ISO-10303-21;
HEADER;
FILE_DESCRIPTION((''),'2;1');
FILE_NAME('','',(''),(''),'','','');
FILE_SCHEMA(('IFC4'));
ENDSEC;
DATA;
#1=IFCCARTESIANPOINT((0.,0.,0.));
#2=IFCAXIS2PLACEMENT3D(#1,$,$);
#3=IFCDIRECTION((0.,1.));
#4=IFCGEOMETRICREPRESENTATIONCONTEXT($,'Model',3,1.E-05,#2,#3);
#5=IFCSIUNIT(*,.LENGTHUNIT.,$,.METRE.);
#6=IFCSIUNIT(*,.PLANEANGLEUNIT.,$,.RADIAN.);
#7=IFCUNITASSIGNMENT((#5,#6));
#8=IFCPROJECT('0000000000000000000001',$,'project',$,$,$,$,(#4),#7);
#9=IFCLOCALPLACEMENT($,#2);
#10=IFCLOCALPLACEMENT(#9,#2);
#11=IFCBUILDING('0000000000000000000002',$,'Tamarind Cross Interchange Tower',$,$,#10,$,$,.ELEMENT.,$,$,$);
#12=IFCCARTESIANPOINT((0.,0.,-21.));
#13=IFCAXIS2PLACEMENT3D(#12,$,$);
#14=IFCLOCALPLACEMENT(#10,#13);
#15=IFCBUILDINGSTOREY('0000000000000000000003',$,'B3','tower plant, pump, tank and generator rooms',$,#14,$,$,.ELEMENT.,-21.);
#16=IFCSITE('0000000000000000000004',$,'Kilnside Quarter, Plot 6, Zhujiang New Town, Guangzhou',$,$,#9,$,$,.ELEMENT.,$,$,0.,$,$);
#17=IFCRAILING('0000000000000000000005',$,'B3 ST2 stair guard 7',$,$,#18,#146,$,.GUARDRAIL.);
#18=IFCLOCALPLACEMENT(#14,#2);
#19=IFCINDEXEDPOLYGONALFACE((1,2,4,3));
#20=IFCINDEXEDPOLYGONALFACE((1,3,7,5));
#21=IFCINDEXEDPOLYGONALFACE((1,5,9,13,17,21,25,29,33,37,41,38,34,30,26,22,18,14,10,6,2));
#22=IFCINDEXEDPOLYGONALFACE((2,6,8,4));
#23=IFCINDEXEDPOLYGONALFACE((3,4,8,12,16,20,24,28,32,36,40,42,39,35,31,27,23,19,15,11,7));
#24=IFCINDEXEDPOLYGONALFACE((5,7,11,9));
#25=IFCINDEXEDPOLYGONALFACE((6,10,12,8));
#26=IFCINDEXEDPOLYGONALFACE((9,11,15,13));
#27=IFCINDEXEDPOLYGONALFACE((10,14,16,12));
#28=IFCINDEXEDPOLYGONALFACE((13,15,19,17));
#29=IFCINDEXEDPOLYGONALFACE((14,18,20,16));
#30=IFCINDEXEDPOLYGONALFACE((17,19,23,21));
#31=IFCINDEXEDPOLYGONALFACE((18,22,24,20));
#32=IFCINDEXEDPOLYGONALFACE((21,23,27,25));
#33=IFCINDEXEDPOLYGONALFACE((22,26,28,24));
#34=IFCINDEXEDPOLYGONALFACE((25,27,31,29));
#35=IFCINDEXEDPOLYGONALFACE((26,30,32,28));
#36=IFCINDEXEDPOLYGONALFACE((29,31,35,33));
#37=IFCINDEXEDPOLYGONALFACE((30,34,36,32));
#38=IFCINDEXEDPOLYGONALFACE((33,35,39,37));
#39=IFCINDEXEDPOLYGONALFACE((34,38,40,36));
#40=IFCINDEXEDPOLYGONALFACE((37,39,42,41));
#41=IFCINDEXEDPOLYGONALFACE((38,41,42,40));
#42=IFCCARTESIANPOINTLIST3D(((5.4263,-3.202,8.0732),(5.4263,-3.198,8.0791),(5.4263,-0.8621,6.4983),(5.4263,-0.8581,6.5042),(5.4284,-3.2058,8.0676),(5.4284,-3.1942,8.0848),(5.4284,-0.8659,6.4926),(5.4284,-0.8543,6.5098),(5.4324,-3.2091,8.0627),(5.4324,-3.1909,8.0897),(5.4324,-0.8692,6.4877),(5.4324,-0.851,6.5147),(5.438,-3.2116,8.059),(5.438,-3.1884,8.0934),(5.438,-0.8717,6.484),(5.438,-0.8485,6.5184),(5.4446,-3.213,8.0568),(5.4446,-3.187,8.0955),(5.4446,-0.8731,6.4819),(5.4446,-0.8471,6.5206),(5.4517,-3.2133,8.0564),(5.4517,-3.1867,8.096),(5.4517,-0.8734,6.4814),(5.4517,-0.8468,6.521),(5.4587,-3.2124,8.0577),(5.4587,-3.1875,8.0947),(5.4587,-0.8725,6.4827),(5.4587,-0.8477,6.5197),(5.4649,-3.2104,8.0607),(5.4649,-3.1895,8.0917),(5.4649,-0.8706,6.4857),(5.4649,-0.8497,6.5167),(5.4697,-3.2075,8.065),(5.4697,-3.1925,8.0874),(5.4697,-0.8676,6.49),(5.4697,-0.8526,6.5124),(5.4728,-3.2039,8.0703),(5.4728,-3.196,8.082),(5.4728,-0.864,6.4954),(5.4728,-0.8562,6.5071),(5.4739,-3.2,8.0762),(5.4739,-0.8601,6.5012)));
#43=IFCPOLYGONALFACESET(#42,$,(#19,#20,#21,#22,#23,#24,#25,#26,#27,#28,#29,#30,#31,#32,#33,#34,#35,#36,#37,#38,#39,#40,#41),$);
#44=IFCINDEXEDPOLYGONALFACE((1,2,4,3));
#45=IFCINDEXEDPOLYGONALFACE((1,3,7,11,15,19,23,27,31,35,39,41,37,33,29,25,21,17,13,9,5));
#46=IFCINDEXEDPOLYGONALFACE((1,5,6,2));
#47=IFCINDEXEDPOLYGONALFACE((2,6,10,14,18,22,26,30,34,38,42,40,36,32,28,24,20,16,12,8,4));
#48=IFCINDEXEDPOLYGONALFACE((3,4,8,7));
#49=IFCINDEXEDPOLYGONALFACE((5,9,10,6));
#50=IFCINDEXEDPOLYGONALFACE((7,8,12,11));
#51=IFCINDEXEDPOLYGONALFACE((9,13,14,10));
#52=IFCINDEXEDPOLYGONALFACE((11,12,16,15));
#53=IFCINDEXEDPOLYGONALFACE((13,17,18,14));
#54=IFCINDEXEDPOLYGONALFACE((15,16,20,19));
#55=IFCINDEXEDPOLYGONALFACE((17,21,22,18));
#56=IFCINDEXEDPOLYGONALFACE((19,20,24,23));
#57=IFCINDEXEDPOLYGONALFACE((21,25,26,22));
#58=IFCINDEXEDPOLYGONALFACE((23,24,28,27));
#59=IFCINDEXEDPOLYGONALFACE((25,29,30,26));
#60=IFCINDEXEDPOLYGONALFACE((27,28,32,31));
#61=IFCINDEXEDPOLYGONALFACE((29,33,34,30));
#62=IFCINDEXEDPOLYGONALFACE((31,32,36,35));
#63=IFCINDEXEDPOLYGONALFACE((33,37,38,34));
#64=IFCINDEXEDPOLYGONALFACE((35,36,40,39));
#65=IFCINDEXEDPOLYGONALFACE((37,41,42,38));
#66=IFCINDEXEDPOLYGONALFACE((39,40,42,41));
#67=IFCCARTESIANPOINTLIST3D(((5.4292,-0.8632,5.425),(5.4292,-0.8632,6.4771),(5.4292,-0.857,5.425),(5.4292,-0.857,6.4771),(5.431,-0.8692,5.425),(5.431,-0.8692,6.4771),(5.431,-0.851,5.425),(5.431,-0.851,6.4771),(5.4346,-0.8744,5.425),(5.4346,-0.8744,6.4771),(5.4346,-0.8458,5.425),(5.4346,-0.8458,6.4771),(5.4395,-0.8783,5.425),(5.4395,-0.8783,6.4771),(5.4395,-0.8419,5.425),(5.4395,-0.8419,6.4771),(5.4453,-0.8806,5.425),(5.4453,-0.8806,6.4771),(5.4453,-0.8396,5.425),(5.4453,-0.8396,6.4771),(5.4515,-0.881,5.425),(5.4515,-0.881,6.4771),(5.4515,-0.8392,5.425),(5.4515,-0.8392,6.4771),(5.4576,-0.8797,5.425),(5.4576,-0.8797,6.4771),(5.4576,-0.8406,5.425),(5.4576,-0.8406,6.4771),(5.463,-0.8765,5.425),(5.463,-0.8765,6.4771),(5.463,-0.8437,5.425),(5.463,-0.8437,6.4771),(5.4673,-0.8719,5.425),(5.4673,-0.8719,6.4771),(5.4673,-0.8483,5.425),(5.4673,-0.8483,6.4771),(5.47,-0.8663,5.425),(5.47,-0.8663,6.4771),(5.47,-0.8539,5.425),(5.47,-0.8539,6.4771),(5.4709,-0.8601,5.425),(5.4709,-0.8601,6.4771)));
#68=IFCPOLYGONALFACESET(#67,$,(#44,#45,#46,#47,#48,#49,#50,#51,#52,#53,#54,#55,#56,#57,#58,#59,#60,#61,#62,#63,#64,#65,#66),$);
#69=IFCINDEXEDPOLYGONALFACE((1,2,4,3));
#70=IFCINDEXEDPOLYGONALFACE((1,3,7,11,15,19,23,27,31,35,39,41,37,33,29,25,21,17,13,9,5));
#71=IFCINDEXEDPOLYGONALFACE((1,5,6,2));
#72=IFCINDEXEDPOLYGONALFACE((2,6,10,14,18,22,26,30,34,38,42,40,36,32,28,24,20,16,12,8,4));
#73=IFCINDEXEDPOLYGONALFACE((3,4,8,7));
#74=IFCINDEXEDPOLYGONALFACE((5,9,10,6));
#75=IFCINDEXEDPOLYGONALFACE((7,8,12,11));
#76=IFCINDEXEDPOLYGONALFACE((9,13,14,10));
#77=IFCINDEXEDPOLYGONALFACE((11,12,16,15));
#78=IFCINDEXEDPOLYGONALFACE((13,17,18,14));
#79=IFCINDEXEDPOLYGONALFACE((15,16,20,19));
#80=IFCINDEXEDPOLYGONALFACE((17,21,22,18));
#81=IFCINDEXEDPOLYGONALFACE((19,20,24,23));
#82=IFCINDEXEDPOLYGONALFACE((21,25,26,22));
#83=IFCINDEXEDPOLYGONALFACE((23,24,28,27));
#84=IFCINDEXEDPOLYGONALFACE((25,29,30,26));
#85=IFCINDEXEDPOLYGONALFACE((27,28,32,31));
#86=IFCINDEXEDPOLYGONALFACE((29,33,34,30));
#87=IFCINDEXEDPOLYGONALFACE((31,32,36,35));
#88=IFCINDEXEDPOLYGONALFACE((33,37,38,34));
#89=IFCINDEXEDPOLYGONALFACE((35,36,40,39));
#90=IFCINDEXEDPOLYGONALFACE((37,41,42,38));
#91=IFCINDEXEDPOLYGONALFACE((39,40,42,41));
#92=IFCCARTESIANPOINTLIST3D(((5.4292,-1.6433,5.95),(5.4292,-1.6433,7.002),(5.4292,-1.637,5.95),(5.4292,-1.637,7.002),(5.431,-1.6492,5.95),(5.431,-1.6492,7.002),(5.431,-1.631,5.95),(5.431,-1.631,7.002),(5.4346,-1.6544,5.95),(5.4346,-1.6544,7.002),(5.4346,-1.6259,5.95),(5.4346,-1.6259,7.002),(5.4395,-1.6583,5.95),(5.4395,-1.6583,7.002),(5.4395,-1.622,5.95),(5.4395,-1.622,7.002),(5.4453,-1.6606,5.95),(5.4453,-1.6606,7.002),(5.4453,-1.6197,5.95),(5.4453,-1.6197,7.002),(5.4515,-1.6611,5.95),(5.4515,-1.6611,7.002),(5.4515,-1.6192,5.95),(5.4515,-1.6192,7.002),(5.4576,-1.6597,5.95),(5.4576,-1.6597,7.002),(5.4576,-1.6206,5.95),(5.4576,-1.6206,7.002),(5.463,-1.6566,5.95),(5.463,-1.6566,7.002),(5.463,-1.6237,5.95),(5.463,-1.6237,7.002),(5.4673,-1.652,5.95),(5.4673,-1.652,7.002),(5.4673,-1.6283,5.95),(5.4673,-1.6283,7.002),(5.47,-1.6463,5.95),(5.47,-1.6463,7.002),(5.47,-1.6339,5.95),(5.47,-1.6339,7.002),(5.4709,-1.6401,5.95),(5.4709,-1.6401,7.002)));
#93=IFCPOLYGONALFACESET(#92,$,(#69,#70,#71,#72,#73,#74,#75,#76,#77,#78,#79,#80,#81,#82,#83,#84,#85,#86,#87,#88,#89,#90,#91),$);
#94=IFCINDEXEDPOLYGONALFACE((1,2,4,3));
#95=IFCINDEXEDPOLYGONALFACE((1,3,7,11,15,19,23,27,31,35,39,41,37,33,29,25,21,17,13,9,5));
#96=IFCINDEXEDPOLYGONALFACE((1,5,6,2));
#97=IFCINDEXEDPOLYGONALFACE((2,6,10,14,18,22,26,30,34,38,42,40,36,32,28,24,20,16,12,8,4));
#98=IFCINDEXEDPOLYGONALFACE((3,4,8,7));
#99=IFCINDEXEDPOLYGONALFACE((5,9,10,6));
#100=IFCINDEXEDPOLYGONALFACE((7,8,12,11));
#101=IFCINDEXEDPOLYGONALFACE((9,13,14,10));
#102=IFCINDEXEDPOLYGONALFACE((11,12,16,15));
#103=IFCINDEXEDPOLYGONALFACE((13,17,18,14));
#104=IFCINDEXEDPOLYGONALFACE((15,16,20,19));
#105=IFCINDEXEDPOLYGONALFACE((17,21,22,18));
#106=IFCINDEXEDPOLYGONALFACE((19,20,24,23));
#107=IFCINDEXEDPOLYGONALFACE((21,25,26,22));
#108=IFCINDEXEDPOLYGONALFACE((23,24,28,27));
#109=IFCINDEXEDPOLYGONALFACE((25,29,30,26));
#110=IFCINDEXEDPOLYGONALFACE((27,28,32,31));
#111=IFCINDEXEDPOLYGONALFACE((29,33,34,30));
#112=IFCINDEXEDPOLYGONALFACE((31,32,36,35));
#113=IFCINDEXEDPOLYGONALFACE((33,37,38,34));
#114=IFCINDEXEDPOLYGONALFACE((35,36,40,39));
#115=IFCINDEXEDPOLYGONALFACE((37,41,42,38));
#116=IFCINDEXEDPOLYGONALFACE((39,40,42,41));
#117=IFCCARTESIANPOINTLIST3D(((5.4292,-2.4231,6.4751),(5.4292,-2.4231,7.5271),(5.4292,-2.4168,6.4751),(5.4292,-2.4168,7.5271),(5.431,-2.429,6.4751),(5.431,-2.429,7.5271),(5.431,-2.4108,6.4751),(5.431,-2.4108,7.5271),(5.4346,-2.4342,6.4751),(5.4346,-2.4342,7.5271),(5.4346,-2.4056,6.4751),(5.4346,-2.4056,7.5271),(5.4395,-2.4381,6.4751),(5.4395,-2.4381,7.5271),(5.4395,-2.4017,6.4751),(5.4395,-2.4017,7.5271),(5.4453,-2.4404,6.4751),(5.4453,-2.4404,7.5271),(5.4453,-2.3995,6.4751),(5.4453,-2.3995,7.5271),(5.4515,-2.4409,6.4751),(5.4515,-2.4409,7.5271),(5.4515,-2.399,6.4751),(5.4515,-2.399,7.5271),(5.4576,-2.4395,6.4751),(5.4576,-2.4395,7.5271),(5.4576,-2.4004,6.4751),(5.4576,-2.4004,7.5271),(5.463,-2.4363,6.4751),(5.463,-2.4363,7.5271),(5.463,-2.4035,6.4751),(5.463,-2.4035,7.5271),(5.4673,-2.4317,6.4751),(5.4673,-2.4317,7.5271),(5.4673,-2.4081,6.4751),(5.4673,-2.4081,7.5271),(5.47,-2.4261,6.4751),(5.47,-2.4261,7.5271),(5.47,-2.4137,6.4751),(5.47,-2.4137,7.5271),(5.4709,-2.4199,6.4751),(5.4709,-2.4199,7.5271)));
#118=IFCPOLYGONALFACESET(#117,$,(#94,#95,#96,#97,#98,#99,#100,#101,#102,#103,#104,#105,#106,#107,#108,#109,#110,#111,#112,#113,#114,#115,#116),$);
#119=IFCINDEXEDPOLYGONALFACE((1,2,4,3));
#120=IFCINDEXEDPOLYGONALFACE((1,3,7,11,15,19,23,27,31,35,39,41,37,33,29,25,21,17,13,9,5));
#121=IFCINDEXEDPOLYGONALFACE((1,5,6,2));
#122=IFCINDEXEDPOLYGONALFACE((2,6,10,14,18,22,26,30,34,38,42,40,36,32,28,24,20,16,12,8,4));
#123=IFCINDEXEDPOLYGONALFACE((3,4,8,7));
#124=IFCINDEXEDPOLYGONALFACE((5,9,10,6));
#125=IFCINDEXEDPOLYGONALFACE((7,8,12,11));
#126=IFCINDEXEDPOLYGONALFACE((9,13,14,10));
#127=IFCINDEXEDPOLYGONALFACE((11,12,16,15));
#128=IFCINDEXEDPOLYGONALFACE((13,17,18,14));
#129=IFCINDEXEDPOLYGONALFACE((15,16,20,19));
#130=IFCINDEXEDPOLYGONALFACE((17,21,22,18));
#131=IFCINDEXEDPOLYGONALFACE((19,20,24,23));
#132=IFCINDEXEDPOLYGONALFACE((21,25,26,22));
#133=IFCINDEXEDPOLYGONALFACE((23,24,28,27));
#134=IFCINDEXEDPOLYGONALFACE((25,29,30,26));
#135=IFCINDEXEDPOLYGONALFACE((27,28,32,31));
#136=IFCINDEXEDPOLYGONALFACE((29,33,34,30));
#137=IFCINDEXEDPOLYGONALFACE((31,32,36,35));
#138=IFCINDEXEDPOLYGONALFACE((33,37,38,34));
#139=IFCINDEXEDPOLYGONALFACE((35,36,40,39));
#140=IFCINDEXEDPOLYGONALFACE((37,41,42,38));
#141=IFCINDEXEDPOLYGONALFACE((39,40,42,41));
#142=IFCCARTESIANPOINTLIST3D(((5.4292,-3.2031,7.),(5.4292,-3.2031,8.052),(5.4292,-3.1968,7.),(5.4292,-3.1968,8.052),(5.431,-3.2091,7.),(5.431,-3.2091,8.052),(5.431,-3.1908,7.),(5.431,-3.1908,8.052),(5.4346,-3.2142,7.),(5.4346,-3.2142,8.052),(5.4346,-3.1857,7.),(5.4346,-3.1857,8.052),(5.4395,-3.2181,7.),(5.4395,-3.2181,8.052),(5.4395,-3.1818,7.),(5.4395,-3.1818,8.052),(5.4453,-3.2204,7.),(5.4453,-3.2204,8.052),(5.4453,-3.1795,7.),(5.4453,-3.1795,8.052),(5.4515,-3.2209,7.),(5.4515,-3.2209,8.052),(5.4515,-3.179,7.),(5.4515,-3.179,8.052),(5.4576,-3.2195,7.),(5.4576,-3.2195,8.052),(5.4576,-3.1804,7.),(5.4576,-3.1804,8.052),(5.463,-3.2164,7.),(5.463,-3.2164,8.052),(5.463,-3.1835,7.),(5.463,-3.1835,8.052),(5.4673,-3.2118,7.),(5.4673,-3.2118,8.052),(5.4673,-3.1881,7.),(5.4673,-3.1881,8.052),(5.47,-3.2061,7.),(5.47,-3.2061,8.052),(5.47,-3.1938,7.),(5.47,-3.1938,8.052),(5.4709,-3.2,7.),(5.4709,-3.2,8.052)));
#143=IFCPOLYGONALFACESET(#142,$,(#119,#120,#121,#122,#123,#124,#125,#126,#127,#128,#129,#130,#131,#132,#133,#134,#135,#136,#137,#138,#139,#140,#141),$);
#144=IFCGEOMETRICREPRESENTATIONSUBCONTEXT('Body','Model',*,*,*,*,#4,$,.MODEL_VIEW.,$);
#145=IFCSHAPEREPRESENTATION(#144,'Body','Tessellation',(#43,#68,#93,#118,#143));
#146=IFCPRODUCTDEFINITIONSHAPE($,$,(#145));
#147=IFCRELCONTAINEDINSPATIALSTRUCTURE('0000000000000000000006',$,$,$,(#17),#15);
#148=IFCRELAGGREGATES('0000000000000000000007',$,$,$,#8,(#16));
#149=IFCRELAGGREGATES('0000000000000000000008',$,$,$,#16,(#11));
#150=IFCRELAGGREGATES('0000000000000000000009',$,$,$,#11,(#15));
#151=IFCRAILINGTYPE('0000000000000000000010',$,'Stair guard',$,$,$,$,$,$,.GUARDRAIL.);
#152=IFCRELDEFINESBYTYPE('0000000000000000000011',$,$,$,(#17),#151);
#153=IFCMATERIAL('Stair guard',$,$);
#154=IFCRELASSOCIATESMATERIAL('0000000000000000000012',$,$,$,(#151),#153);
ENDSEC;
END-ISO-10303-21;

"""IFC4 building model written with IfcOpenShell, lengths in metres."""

from ifc_helpers import new_model, si_unit, direction, frame, origin, origin_2d, place, context, subcontext, project, spatial, circle, extrude, material, type_object, element, save


model = new_model("IFC4")

# Units and contexts
model_context = context("Model", 3, precision=1e-05, world=origin(), true_north=direction((0.0, 1.0)))
body_context = subcontext(model_context, "Body", "Model", "MODEL_VIEW")
ifc_project = project(units=[si_unit("LENGTHUNIT", "METRE"), si_unit("PLANEANGLEUNIT", "RADIAN")], contexts=[model_context])

# Site, building, storey
site_placement = place(None, origin())
site = spatial("IfcSite", under=ifc_project, at=site_placement, Name="Kilnside Quarter, Plot 6, Zhujiang New Town, Guangzhou", CompositionType="ELEMENT", RefElevation=0.0)
building_placement = place(site_placement, origin())
building = spatial("IfcBuilding", under=site, at=building_placement, Name="Tamarind Cross Interchange Tower", CompositionType="ELEMENT")
storey_placement = place(building_placement, frame((0.0, 0.0, -21.0)))
storey = spatial("IfcBuildingStorey", under=building, at=storey_placement, Name="B3", Description="tower plant, pump, tank and generator rooms", CompositionType="ELEMENT", Elevation=-21.0)

# Railing
ifc_material_1 = material(Name="Stair guard")
railing_type_1 = type_object("IfcRailingType", Name="Stair guard", PredefinedType="GUARDRAIL", material=ifc_material_1)
railing_1_placement = place(storey_placement, frame((5.45, -0.8601, 5.425)))
element("IfcRailing", 1, at=railing_1_placement, inside=storey, type_object=railing_type_1, Name="B3 ST2 stair guard 7", PredefinedType="GUARDRAIL", context=body_context, shape_type="SweptSolid", body=[
    extrude(circle(Radius=0.0239, at=origin_2d()), frame((0.0, 0.0, 1.0762), z_axis=(0.0, -0.829578, 0.55839), x_axis=(1.0, 0.0, 0.0)), (0.0, 0.0, 1.0), 2.8206),
    extrude(circle(Radius=0.021, at=origin_2d()), origin(), (0.0, 0.0, 1.0), 1.052),
    extrude(circle(Radius=0.021, at=origin_2d()), frame((0.0, -0.78, 0.5249)), (0.0, 0.0, 1.0), 1.052),
    extrude(circle(Radius=0.021, at=origin_2d()), frame((0.0, -1.5598, 1.05)), (0.0, 0.0, 1.0), 1.052),
    extrude(circle(Radius=0.021, at=origin_2d()), frame((0.0, -2.3398, 1.575)), (0.0, 0.0, 1.0), 1.052),
])

save(model, "model.ifc")
